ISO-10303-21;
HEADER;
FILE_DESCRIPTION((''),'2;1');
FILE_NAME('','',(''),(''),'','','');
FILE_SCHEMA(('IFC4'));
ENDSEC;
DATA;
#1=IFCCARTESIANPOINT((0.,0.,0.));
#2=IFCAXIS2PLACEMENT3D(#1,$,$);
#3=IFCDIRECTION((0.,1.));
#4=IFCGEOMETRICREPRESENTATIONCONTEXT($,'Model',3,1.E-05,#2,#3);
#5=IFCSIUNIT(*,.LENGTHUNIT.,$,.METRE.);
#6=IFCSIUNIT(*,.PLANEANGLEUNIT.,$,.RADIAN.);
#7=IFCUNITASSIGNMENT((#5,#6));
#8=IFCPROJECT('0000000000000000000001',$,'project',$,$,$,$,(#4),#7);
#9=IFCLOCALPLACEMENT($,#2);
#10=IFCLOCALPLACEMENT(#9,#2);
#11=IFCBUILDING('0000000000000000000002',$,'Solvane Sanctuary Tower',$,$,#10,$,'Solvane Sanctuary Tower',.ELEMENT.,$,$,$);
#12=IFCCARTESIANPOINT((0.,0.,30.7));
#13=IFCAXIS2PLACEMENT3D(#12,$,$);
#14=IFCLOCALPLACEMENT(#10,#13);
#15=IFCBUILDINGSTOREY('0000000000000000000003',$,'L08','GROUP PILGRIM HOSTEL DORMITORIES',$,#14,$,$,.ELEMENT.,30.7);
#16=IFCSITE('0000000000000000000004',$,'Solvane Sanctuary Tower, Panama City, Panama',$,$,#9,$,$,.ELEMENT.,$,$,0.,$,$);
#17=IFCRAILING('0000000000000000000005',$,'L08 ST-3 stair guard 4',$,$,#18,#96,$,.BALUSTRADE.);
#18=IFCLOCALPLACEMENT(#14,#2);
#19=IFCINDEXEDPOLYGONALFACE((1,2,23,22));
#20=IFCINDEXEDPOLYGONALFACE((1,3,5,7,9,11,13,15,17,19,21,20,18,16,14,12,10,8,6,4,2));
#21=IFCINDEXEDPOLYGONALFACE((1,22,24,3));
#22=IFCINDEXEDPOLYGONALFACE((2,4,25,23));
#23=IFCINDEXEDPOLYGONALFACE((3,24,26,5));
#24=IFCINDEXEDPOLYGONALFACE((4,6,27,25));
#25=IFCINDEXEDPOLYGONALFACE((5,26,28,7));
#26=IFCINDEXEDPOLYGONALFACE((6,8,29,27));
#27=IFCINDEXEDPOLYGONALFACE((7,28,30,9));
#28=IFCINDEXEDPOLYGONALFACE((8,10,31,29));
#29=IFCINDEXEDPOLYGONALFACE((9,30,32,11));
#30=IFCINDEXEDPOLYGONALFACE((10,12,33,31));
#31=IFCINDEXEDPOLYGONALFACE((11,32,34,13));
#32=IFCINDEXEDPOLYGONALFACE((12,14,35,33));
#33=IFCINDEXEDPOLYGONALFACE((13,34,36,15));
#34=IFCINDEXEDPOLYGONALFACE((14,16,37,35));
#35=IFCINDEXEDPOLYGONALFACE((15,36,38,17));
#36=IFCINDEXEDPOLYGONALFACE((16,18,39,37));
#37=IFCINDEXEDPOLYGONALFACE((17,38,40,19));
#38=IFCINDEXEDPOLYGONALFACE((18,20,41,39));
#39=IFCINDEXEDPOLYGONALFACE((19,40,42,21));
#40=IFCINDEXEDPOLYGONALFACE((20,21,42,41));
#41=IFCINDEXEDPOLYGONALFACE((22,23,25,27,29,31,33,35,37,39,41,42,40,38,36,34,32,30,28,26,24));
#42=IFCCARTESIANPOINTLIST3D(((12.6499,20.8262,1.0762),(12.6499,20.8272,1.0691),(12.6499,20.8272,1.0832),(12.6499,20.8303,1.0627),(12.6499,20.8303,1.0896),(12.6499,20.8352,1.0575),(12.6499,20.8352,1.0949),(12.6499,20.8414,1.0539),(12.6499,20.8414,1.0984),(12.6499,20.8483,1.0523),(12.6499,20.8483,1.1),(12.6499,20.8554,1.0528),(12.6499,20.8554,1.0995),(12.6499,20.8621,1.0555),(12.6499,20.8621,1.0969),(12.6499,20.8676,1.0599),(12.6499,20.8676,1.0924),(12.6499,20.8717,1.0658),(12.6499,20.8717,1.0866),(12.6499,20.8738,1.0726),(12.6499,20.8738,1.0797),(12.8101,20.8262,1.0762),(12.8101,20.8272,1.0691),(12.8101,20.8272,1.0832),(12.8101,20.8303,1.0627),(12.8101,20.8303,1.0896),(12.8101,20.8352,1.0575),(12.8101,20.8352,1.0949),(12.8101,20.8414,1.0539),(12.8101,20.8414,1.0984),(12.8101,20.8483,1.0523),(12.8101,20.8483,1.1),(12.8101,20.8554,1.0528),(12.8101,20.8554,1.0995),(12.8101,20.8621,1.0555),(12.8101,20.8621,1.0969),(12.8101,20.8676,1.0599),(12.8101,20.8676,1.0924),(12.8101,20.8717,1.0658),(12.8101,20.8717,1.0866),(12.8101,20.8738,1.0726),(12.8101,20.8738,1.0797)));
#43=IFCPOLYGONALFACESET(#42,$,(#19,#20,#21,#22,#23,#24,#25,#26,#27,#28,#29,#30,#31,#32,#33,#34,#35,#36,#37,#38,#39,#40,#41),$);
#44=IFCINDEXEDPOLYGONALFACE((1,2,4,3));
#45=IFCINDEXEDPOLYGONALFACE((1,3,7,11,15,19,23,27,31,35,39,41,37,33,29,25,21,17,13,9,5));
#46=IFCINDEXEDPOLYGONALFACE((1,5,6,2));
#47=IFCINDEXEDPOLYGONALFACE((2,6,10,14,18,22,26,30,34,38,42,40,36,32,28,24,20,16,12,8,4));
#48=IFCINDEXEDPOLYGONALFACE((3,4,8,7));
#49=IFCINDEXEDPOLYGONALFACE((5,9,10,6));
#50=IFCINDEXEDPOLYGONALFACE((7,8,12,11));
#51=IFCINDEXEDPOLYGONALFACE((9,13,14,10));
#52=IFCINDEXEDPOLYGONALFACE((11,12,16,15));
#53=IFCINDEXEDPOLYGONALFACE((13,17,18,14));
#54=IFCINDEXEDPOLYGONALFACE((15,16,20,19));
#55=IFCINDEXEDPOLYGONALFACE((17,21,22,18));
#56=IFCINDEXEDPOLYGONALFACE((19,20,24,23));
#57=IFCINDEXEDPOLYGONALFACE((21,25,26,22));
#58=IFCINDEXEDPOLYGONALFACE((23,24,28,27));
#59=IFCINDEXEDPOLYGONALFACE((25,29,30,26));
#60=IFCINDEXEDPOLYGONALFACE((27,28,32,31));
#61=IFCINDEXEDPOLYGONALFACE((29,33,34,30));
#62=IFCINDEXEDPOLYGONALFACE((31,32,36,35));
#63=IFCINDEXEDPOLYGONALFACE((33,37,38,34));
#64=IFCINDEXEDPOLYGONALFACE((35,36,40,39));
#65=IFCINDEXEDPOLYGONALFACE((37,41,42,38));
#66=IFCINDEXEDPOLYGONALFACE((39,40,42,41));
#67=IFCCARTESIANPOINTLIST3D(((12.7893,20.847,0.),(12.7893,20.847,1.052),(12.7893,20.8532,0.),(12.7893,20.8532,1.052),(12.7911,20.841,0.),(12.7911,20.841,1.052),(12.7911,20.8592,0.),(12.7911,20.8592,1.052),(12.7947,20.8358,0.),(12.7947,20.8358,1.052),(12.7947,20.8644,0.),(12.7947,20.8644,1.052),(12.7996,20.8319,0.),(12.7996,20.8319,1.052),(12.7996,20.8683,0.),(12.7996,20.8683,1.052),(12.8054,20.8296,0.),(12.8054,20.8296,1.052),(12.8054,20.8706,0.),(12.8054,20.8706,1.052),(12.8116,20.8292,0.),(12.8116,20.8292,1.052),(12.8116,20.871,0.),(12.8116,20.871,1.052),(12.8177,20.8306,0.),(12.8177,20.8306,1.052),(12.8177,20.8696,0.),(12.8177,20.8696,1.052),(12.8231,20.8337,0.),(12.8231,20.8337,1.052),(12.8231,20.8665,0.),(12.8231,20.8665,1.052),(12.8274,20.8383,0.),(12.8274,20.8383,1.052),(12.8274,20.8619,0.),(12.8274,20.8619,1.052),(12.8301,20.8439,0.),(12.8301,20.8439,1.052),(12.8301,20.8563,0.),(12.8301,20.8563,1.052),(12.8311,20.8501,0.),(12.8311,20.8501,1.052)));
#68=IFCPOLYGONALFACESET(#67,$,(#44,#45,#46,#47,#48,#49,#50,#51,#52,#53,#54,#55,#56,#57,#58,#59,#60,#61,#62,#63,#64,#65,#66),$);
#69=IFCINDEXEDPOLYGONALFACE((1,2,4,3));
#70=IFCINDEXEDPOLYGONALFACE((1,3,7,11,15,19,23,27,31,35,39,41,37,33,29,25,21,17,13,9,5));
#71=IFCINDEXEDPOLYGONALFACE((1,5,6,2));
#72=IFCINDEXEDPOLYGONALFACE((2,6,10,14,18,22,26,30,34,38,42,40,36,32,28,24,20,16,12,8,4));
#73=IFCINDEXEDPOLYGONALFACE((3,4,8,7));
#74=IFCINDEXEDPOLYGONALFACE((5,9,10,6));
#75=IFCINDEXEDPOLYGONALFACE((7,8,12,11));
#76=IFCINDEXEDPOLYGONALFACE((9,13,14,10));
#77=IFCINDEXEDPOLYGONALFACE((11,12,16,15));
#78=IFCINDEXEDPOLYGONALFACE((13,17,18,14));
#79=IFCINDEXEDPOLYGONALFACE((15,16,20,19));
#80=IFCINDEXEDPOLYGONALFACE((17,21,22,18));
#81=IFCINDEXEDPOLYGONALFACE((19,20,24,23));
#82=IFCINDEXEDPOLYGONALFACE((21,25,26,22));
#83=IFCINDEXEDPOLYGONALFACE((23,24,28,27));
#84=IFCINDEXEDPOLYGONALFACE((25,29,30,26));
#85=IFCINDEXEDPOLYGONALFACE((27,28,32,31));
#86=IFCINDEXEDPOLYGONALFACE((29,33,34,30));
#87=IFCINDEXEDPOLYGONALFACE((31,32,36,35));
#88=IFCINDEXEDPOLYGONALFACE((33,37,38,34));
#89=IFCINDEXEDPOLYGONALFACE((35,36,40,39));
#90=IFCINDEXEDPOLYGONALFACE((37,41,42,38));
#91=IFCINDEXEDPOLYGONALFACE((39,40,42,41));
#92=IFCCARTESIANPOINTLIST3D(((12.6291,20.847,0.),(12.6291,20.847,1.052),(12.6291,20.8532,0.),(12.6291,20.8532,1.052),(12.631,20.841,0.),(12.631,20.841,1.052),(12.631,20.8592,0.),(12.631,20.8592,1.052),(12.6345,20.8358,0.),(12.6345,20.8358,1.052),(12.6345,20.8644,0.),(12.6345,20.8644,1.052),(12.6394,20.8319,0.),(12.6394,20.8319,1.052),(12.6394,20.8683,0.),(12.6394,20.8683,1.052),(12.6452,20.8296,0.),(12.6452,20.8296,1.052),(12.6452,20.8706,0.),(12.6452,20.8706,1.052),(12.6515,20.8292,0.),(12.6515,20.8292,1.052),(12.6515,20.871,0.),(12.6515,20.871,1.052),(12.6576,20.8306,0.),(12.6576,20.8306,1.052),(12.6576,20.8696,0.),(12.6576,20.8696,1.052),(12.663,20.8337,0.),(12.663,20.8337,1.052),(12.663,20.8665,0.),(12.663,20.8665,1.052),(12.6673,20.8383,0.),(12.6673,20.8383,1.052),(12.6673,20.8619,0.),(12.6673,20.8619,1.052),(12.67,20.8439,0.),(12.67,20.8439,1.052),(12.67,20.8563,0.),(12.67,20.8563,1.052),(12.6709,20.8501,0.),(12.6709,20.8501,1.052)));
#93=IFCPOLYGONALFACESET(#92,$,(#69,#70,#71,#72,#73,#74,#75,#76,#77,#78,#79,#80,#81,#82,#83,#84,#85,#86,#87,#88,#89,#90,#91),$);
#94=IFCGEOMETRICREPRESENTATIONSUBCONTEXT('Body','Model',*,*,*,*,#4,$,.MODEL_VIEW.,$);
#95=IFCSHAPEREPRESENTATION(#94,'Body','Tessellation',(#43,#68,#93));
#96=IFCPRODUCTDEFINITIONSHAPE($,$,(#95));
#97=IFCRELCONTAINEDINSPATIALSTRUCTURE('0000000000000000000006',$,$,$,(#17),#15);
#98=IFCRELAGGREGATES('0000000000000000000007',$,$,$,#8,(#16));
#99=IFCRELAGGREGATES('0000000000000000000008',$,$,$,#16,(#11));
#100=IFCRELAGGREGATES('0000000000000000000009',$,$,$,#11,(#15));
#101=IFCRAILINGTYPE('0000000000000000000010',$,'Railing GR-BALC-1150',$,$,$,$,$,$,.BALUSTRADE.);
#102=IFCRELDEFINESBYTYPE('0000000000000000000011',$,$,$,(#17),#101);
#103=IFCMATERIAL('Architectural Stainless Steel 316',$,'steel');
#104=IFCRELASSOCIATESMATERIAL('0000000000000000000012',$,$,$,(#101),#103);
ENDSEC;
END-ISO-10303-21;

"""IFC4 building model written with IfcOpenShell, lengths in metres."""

from ifc_helpers import new_model, si_unit, direction, frame, origin, origin_2d, place, context, subcontext, project, spatial, circle, extrude, material, type_object, element, save


model = new_model("IFC4")

# Units and contexts
model_context = context("Model", 3, precision=1e-05, world=origin(), true_north=direction((0.0, 1.0)))
body_context = subcontext(model_context, "Body", "Model", "MODEL_VIEW")
ifc_project = project(units=[si_unit("LENGTHUNIT", "METRE"), si_unit("PLANEANGLEUNIT", "RADIAN")], contexts=[model_context])

# Site, building, storey
site_placement = place(None, origin())
site = spatial("IfcSite", under=ifc_project, at=site_placement, Name="Solvane Sanctuary Tower, Panama City, Panama", CompositionType="ELEMENT", RefElevation=0.0)
building_placement = place(site_placement, origin())
building = spatial("IfcBuilding", under=site, at=building_placement, Name="Solvane Sanctuary Tower", LongName="Solvane Sanctuary Tower", CompositionType="ELEMENT")
storey_placement = place(building_placement, frame((0.0, 0.0, 30.7)))
storey = spatial("IfcBuildingStorey", under=building, at=storey_placement, Name="L08", Description="GROUP PILGRIM HOSTEL DORMITORIES", CompositionType="ELEMENT", Elevation=30.7)

# Railing
ifc_material_1 = material(Name="Architectural Stainless Steel 316", Category="steel")
railing_type_1 = type_object("IfcRailingType", Name="Railing GR-BALC-1150", PredefinedType="BALUSTRADE", material=ifc_material_1)
railing_1_placement = place(storey_placement, frame((12.8101, 20.8501, 0.0)))
element("IfcRailing", 1, at=railing_1_placement, inside=storey, type_object=railing_type_1, Name="L08 ST-3 stair guard 4", PredefinedType="BALUSTRADE", context=body_context, shape_type="SweptSolid", body=[
    extrude(circle(Radius=0.0239, at=origin_2d()), frame((0.0, 0.0, 1.0762), z_axis=(-1.0, 0.0, 0.0), x_axis=(0.0, -1.0, 0.0)), (0.0, 0.0, 1.0), 0.1602),
    extrude(circle(Radius=0.021, at=origin_2d()), origin(), (0.0, 0.0, 1.0), 1.052),
    extrude(circle(Radius=0.021, at=origin_2d()), frame((-0.1602, 0.0, 0.0)), (0.0, 0.0, 1.0), 1.052),
])

save(model, "model.ifc")
